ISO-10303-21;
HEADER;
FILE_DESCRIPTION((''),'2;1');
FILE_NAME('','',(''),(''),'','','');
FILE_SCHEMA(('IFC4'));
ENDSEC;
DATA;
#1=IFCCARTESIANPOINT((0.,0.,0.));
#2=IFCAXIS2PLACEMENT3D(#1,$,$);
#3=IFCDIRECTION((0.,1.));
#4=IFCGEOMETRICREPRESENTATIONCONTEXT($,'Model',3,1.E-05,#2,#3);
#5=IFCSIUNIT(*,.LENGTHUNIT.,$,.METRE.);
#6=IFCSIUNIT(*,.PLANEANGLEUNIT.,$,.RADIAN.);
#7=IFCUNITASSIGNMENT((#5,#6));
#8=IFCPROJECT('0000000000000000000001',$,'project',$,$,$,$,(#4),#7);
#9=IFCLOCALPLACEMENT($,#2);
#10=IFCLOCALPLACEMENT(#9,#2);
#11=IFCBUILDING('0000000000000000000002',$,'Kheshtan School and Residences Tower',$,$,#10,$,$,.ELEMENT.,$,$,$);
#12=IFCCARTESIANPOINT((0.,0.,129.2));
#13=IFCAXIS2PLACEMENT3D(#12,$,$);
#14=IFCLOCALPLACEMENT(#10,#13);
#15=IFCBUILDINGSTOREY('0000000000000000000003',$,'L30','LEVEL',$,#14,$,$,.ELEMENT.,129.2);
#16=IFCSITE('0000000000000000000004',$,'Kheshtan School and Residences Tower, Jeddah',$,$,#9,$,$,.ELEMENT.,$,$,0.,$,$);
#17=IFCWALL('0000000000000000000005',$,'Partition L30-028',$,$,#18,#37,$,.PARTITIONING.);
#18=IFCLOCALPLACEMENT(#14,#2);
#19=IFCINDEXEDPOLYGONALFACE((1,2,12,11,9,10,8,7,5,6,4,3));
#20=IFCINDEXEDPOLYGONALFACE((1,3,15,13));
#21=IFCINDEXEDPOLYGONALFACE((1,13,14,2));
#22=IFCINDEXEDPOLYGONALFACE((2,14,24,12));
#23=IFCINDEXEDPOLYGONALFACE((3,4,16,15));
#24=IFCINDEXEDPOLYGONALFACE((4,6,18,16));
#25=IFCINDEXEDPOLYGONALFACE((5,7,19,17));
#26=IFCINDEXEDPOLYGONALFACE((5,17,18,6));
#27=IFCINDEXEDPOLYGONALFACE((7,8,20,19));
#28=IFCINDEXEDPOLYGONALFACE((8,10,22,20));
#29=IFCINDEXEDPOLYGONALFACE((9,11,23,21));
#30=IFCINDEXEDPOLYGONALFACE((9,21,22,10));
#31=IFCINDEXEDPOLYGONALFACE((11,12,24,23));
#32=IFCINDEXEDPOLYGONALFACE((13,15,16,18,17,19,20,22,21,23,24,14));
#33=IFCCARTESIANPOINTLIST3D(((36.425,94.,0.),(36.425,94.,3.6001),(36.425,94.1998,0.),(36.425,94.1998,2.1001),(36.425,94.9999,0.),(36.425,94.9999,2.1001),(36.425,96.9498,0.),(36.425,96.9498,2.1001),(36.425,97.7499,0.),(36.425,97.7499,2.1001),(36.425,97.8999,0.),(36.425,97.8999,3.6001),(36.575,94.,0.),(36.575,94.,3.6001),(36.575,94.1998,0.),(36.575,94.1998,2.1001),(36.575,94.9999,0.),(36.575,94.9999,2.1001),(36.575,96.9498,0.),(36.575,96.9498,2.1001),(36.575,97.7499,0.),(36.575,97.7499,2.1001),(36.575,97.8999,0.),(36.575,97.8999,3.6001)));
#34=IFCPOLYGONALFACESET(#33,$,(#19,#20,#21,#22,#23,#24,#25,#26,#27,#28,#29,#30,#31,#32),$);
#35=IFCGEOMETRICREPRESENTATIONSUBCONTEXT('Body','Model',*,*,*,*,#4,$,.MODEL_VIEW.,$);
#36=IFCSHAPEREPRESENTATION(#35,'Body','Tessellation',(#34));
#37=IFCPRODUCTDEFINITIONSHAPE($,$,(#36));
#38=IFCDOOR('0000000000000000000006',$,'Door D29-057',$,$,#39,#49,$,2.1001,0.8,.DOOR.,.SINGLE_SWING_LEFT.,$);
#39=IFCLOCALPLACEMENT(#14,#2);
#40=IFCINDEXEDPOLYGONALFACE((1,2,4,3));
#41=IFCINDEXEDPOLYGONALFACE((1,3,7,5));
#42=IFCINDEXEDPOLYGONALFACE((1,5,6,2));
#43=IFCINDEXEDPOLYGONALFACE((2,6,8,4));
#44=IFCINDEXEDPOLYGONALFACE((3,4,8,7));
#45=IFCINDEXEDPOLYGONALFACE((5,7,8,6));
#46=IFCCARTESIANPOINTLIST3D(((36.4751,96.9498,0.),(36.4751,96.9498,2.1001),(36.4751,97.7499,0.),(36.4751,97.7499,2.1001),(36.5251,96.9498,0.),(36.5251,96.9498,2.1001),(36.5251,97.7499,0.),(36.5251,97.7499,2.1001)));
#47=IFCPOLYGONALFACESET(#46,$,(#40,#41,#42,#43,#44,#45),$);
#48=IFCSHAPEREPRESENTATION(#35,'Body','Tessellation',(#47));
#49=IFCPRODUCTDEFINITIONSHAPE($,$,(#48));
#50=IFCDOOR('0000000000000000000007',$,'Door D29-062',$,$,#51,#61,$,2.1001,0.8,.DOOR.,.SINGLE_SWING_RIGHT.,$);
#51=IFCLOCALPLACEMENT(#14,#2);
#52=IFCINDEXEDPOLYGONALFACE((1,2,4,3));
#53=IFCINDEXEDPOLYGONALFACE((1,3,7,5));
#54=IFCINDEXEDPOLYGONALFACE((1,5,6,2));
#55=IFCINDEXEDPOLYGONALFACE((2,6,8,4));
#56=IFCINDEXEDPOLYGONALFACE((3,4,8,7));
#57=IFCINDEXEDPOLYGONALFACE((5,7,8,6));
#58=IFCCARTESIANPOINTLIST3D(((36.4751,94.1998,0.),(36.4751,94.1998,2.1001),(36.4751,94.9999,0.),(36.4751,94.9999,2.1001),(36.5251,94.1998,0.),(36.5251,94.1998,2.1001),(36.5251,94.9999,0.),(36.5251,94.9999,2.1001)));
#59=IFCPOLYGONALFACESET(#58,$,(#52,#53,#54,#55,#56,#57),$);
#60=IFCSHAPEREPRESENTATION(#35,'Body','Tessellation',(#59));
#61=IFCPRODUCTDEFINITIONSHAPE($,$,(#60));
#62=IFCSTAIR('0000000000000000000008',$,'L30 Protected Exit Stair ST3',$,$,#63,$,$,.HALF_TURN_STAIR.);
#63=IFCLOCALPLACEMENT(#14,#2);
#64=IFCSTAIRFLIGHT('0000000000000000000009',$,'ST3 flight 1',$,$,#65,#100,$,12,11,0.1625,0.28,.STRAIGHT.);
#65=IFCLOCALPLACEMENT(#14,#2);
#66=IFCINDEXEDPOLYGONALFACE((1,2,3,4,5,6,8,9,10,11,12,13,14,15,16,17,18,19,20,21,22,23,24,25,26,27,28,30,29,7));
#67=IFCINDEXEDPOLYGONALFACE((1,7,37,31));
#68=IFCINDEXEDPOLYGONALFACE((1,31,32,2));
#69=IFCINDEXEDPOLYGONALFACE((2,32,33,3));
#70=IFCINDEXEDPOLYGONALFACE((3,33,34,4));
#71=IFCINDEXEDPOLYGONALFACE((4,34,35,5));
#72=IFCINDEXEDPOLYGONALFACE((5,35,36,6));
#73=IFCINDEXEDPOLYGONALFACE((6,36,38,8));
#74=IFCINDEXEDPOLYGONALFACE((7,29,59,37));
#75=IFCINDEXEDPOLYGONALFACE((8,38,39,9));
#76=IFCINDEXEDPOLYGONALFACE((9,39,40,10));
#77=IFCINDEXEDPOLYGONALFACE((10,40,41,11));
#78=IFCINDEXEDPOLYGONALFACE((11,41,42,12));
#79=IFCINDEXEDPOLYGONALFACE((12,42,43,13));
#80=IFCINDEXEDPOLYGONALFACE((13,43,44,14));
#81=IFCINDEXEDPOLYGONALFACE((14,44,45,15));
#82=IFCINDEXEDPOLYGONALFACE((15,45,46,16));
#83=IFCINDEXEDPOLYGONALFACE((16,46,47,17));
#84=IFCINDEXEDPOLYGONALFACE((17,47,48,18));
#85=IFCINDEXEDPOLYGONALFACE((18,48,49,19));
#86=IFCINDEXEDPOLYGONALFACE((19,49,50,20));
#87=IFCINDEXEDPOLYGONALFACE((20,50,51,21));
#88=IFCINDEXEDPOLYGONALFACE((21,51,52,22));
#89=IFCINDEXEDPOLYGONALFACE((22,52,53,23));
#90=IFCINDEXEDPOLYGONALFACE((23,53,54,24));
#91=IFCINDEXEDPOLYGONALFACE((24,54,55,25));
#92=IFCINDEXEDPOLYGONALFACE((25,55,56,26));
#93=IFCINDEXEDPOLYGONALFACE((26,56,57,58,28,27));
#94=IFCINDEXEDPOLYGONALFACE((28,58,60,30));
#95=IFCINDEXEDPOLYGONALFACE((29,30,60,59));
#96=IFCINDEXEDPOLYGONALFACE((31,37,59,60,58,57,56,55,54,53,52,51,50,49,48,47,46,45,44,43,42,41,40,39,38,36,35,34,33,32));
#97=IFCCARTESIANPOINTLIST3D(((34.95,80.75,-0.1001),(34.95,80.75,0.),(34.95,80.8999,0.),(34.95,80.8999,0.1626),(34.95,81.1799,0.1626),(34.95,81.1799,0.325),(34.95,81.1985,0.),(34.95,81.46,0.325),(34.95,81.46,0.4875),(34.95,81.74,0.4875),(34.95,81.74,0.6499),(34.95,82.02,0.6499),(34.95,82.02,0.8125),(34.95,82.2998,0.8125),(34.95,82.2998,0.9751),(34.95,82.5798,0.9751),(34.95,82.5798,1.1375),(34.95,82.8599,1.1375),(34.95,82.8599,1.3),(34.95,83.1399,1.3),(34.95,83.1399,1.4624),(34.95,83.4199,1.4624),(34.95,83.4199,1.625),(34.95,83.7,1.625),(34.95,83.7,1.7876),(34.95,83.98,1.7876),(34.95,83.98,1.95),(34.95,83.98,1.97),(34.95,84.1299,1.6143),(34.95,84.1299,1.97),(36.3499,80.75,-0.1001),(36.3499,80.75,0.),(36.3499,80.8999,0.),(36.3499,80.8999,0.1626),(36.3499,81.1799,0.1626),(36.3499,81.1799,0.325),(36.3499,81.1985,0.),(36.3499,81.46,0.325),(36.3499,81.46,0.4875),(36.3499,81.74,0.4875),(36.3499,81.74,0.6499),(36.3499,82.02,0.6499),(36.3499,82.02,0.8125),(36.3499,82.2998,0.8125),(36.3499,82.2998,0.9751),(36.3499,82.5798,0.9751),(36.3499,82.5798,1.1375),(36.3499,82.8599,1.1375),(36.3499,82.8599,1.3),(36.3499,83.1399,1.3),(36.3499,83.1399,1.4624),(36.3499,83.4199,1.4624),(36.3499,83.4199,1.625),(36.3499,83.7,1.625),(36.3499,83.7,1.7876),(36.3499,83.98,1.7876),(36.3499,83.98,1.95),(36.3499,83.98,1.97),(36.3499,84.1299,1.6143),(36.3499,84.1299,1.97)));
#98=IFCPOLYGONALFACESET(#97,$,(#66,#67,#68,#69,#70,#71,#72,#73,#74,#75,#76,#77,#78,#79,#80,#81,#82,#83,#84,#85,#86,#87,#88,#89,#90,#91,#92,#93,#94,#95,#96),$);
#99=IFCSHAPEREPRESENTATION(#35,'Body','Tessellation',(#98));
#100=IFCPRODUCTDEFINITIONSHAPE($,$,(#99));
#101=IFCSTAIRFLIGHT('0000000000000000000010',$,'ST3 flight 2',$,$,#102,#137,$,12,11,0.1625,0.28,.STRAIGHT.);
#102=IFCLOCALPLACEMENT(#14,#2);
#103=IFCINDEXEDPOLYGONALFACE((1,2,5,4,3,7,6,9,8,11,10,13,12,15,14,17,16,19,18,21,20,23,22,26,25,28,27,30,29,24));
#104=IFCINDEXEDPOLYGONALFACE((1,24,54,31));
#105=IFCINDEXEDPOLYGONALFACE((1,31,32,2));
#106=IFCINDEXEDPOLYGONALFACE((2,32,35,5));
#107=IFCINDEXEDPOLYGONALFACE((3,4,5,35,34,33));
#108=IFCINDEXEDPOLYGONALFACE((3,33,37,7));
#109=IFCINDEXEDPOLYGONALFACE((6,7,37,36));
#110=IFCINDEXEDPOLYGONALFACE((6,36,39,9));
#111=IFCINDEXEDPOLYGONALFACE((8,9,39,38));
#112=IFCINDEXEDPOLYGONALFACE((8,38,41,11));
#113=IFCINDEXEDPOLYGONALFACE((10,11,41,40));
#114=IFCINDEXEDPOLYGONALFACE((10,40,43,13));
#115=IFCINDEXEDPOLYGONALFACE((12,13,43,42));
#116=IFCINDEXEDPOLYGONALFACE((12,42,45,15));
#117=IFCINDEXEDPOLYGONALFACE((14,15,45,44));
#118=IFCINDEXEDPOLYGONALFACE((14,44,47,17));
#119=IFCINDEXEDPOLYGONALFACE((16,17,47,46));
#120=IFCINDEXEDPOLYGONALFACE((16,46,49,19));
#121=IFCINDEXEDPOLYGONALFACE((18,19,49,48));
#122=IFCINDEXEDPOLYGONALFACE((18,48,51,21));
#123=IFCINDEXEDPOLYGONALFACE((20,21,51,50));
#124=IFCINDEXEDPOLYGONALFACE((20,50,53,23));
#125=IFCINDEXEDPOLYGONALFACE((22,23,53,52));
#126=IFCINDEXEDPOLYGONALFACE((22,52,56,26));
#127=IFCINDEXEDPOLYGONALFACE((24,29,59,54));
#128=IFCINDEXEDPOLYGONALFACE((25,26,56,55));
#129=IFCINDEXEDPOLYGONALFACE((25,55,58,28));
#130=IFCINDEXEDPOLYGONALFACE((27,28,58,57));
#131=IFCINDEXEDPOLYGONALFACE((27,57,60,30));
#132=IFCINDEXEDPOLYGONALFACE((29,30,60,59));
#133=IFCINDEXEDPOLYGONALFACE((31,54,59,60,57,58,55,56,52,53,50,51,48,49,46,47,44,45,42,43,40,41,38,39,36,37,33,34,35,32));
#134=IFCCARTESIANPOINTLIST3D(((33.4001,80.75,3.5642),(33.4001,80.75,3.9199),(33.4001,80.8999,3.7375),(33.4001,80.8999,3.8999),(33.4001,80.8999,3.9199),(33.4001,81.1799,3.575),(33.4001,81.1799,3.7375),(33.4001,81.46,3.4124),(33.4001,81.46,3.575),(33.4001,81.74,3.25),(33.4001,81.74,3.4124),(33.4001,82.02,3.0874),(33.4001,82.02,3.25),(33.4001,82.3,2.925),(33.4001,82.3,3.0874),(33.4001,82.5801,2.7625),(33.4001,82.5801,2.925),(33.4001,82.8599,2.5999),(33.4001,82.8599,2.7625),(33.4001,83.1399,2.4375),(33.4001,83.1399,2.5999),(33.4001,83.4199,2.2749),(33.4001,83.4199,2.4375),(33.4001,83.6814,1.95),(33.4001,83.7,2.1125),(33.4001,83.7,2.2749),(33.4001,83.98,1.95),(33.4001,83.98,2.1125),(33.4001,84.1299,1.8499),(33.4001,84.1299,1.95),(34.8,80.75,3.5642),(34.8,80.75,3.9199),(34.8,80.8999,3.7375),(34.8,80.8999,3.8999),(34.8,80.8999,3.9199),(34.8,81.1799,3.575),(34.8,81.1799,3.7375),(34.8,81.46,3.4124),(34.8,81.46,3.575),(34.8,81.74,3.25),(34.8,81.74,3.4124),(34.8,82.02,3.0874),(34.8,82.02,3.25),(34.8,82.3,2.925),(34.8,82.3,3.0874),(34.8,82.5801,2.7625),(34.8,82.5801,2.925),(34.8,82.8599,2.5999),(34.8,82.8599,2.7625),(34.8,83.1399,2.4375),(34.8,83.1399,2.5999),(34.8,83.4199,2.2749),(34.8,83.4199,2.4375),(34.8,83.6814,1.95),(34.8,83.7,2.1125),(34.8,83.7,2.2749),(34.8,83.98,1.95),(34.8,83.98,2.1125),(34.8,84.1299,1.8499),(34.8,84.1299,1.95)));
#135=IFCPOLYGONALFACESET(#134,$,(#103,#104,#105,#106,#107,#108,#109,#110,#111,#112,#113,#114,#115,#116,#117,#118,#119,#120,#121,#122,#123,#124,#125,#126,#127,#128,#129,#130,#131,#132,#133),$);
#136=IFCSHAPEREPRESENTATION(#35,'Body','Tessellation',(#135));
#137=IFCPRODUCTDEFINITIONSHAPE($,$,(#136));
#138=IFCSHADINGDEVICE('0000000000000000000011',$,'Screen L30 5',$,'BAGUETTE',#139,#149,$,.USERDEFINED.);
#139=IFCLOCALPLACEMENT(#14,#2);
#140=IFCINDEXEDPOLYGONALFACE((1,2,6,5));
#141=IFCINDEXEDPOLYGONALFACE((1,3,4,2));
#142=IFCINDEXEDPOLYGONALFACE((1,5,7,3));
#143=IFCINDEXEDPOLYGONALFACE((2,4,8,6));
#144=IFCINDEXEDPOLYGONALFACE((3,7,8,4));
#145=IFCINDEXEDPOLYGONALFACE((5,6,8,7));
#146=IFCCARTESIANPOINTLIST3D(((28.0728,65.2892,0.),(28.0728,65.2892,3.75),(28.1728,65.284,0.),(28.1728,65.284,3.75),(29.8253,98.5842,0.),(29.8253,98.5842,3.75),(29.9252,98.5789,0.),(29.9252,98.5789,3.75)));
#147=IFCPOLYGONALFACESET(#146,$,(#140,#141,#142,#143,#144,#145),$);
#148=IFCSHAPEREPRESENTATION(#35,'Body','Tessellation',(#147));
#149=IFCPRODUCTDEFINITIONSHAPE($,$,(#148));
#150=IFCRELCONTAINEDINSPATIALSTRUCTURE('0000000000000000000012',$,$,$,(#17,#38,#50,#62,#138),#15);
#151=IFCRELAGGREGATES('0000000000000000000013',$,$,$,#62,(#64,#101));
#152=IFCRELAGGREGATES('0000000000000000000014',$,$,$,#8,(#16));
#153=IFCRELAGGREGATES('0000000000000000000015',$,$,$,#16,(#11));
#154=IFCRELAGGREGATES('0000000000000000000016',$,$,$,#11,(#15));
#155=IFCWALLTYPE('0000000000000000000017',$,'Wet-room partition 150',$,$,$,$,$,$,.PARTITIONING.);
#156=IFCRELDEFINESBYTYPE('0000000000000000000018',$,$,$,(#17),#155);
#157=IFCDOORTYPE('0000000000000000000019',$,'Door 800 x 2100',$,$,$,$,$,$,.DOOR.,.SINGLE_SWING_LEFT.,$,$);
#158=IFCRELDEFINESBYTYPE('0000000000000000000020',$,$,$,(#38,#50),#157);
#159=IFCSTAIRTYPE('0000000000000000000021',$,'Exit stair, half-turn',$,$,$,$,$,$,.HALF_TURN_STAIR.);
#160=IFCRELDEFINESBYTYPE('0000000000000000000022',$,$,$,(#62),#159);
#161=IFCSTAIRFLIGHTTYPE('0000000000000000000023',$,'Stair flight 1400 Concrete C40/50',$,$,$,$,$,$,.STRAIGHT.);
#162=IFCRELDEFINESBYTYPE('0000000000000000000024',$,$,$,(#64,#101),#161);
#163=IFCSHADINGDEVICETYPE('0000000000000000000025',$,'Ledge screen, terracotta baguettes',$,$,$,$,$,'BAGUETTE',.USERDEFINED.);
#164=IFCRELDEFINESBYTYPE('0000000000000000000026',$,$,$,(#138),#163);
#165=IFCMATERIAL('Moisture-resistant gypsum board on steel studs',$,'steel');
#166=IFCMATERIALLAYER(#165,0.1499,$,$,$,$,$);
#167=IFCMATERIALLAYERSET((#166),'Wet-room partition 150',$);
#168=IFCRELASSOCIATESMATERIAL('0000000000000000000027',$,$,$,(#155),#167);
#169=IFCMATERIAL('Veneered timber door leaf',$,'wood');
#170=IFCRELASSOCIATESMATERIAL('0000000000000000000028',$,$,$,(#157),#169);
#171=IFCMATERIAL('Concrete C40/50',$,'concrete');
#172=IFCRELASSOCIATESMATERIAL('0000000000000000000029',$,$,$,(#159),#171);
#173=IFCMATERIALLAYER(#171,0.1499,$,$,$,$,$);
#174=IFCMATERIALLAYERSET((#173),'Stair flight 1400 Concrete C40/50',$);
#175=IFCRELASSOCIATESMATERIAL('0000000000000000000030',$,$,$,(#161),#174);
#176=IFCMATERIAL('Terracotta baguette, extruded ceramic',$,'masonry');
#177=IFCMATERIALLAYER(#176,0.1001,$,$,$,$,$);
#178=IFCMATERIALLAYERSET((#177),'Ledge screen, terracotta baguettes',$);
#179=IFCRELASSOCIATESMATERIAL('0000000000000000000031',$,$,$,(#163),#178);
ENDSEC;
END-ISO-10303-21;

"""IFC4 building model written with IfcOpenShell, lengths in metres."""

from ifc_helpers import new_model, si_unit, direction, frame, frame_2d, origin, origin_2d, place, context, subcontext, project, spatial, polyline, rectangle, outline, extrude, source, transform, mapped, material, layer, layer_set, type_object, element, fill, aggregate, save


model = new_model("IFC4")

# Units and contexts
model_context = context("Model", 3, precision=1e-05, world=origin(), true_north=direction((0.0, 1.0)))
body_context = subcontext(model_context, "Body", "Model", "MODEL_VIEW")
ifc_project = project(units=[si_unit("LENGTHUNIT", "METRE"), si_unit("PLANEANGLEUNIT", "RADIAN")], contexts=[model_context])

# Site, building, storey
site_placement = place(None, origin())
site = spatial("IfcSite", under=ifc_project, at=site_placement, Name="Kheshtan School and Residences Tower, Jeddah", CompositionType="ELEMENT", RefElevation=0.0)
building_placement = place(site_placement, origin())
building = spatial("IfcBuilding", under=site, at=building_placement, Name="Kheshtan School and Residences Tower", CompositionType="ELEMENT")
storey_placement = place(building_placement, frame((0.0, 0.0, 129.2)))
storey = spatial("IfcBuildingStorey", under=building, at=storey_placement, Name="L30", Description="LEVEL", CompositionType="ELEMENT", Elevation=129.2)

# Shared definitions
ifc_material_1 = material(Name="Veneered timber door leaf", Category="wood")

# Shared definitions
ifc_material_2 = material(Name="Concrete C40/50", Category="concrete")
ifc_material_3 = material(Name="Moisture-resistant gypsum board on steel studs", Category="steel")
ifc_layer_1 = layer(ifc_material_3, 0.1499)
ifc_layer_set_1 = layer_set([ifc_layer_1], Name="Wet-room partition 150")
wall_type_1 = type_object("IfcWallType", Name="Wet-room partition 150", PredefinedType="PARTITIONING", material=ifc_layer_set_1)

# Wall, openings, doors
wall_1_placement = place(storey_placement, frame((36.5, 94.0, 0.0), z_axis=(0.0, 0.0, 1.0), x_axis=(0.0, 1.0, 0.0)))
wall_1 = element("IfcWall", 1, at=wall_1_placement, inside=storey, type_object=wall_type_1, Name="Partition L30-028", PredefinedType="PARTITIONING", context=body_context, shape_type="SweptSolid", body=[
    extrude(rectangle(XDim=3.8999, YDim=0.1499, at=frame_2d((1.95, 0.0))), origin(), (0.0, 0.0, 1.0), 3.6001),
])
opening_1_placement = place(wall_1_placement, frame((2.95, 0.0, 0.0)))
opening_1 = element("IfcOpeningElement", 2, at=opening_1_placement, cuts=wall_1, PredefinedType="OPENING", context=body_context, shape_type="SweptSolid", body=[
    extrude(rectangle(XDim=0.8, YDim=2.1001, at=frame_2d((0.3999, 1.05))), frame((0.0, 0.085, 0.0), z_axis=(0.0, -1.0, 0.0), x_axis=(1.0, 0.0, 0.0)), (0.0, 0.0, 1.0), 0.1699),
])
opening_2_placement = place(wall_1_placement, frame((0.2, 0.0, 0.0)))
opening_2 = element("IfcOpeningElement", 3, at=opening_2_placement, cuts=wall_1, PredefinedType="OPENING", context=body_context, shape_type="SweptSolid", body=[
    extrude(rectangle(XDim=0.8, YDim=2.1001, at=frame_2d((0.3999, 1.05))), frame((0.0, 0.085, 0.0), z_axis=(0.0, -1.0, 0.0), x_axis=(1.0, 0.0, 0.0)), (0.0, 0.0, 1.0), 0.1699),
])
door_type_1 = type_object("IfcDoorType", Name="Door 800 x 2100", OperationType="SINGLE_SWING_LEFT", PredefinedType="DOOR", material=ifc_material_1)
shared_shape_1 = source(origin(), body_context, "Body", "SweptSolid", [
    extrude(rectangle(XDim=0.8, YDim=2.1001, at=frame_2d((0.3999, 1.05))), frame((0.0, 0.0249, 0.0), z_axis=(0.0, -1.0, 0.0), x_axis=(1.0, 0.0, 0.0)), (0.0, 0.0, 1.0), 0.05),
])
door_1_placement = place(opening_1_placement, origin())
door_1 = element("IfcDoor", 4, at=door_1_placement, inside=storey, type_object=door_type_1, Name="Door D29-057", OperationType="SINGLE_SWING_LEFT", OverallHeight=2.1001, OverallWidth=0.8, PredefinedType="DOOR", context=body_context, shape_type="MappedRepresentation", body=[
    mapped(shared_shape_1, transform((0.0, 0.0, 0.0), x_axis=(1.0, 0.0, 0.0), y_axis=(0.0, 1.0, 0.0), z_axis=(0.0, 0.0, 1.0), scale=1.0)),
])
fill(opening_1, door_1)
door_2_placement = place(opening_2_placement, origin())
door_2 = element("IfcDoor", 5, at=door_2_placement, inside=storey, type_object=door_type_1, Name="Door D29-062", OperationType="SINGLE_SWING_RIGHT", OverallHeight=2.1001, OverallWidth=0.8, PredefinedType="DOOR", context=body_context, shape_type="MappedRepresentation", body=[
    mapped(shared_shape_1, transform((0.0, 0.0, 0.0), x_axis=(1.0, 0.0, 0.0), y_axis=(0.0, 1.0, 0.0), z_axis=(0.0, 0.0, 1.0), scale=1.0)),
])
fill(opening_2, door_2)

# Stair, stair flights
stair_type = type_object("IfcStairType", Name="Exit stair, half-turn", PredefinedType="HALF_TURN_STAIR", material=ifc_material_2)
stair_placement = place(storey_placement, origin())
stair = element("IfcStair", 6, at=stair_placement, inside=storey, type_object=stair_type, Name="L30 Protected Exit Stair ST3", PredefinedType="HALF_TURN_STAIR")
ifc_layer_2 = layer(ifc_material_2, 0.1499)
ifc_layer_set_2 = layer_set([ifc_layer_2], Name="Stair flight 1400 Concrete C40/50")
stair_flight_type = type_object("IfcStairFlightType", Name="Stair flight 1400 Concrete C40/50", PredefinedType="STRAIGHT", material=ifc_layer_set_2)
stair_flight_1_placement = place(storey_placement, frame((35.6499, 80.8999, 0.0), z_axis=(0.0, 0.0, 1.0), x_axis=(0.0, 1.0, 0.0)))
stair_flight_1 = element("IfcStairFlight", 7, at=stair_flight_1_placement, type_object=stair_flight_type, Name="ST3 flight 1", NumberOfRisers=12, NumberOfTreads=11, PredefinedType="STRAIGHT", RiserHeight=0.1625, TreadLength=0.28, context=body_context, shape_type="SweptSolid", body=[
    extrude(outline(polyline([(-0.1499, -0.1001), (-0.1499, 0.0), (0.0, 0.0), (0.0, 0.1626), (0.28, 0.1626), (0.28, 0.325), (0.5601, 0.325), (0.5601, 0.4875), (0.8401, 0.4875), (0.8401, 0.6499), (1.1201, 0.6499), (1.1201, 0.8125), (1.3999, 0.8125), (1.3999, 0.9751), (1.6799, 0.9751), (1.6799, 1.1375), (1.96, 1.1375), (1.96, 1.3), (2.24, 1.3), (2.24, 1.4624), (2.52, 1.4624), (2.52, 1.625), (2.8, 1.625), (2.8, 1.7876), (3.0801, 1.7876), (3.0801, 1.95), (3.0801, 1.97), (3.23, 1.97), (3.23, 1.6143), (0.2986, 0.0), (-0.1499, -0.1001)])), frame((0.0, 0.7, 0.0), z_axis=(0.0, -1.0, 0.0), x_axis=(1.0, 0.0, 0.0)), (0.0, 0.0, 1.0), 1.3999),
])
stair_flight_2_placement = place(storey_placement, frame((34.1001, 83.98, 1.95), z_axis=(0.0, 0.0, 1.0), x_axis=(0.0, -1.0, 0.0)))
stair_flight_2 = element("IfcStairFlight", 8, at=stair_flight_2_placement, type_object=stair_flight_type, Name="ST3 flight 2", NumberOfRisers=12, NumberOfTreads=11, PredefinedType="STRAIGHT", RiserHeight=0.1625, TreadLength=0.28, context=body_context, shape_type="SweptSolid", body=[
    extrude(outline(polyline([(-0.1499, -0.1001), (-0.1499, 0.0), (0.0, 0.0), (0.0, 0.1626), (0.28, 0.1626), (0.28, 0.325), (0.5601, 0.325), (0.5601, 0.4875), (0.8401, 0.4875), (0.8401, 0.6499), (1.1201, 0.6499), (1.1201, 0.8125), (1.3999, 0.8125), (1.3999, 0.9751), (1.6799, 0.9751), (1.6799, 1.1375), (1.96, 1.1375), (1.96, 1.3), (2.24, 1.3), (2.24, 1.4624), (2.52, 1.4624), (2.52, 1.625), (2.8, 1.625), (2.8, 1.7876), (3.0801, 1.7876), (3.0801, 1.95), (3.0801, 1.97), (3.23, 1.97), (3.23, 1.6143), (0.2986, 0.0), (-0.1499, -0.1001)])), frame((0.0, 0.7, 0.0), z_axis=(0.0, -1.0, 0.0), x_axis=(1.0, 0.0, 0.0)), (0.0, 0.0, 1.0), 1.3999),
])
aggregate(stair, [stair_flight_1, stair_flight_2])

# Shading device
ifc_material_4 = material(Name="Terracotta baguette, extruded ceramic", Category="masonry")
ifc_layer_3 = layer(ifc_material_4, 0.1001)
ifc_layer_set_3 = layer_set([ifc_layer_3], Name="Ledge screen, terracotta baguettes")
shading_device_type = type_object("IfcShadingDeviceType", Name="Ledge screen, terracotta baguettes", ElementType="BAGUETTE", PredefinedType="USERDEFINED", material=ifc_layer_set_3)
shading_device_placement = place(storey_placement, frame((28.999, 81.9341, 0.0), z_axis=(0.0, 0.0, 1.0), x_axis=(0.052563, 0.998618, 0.0)))
element("IfcShadingDevice", 9, at=shading_device_placement, inside=storey, type_object=shading_device_type, Name="Screen L30 5", ObjectType="BAGUETTE", PredefinedType="USERDEFINED", context=body_context, shape_type="SweptSolid", body=[
    extrude(rectangle(XDim=33.3411, YDim=0.1001, at=origin_2d()), origin(), (0.0, 0.0, 1.0), 3.75),
])

save(model, "model.ifc")
